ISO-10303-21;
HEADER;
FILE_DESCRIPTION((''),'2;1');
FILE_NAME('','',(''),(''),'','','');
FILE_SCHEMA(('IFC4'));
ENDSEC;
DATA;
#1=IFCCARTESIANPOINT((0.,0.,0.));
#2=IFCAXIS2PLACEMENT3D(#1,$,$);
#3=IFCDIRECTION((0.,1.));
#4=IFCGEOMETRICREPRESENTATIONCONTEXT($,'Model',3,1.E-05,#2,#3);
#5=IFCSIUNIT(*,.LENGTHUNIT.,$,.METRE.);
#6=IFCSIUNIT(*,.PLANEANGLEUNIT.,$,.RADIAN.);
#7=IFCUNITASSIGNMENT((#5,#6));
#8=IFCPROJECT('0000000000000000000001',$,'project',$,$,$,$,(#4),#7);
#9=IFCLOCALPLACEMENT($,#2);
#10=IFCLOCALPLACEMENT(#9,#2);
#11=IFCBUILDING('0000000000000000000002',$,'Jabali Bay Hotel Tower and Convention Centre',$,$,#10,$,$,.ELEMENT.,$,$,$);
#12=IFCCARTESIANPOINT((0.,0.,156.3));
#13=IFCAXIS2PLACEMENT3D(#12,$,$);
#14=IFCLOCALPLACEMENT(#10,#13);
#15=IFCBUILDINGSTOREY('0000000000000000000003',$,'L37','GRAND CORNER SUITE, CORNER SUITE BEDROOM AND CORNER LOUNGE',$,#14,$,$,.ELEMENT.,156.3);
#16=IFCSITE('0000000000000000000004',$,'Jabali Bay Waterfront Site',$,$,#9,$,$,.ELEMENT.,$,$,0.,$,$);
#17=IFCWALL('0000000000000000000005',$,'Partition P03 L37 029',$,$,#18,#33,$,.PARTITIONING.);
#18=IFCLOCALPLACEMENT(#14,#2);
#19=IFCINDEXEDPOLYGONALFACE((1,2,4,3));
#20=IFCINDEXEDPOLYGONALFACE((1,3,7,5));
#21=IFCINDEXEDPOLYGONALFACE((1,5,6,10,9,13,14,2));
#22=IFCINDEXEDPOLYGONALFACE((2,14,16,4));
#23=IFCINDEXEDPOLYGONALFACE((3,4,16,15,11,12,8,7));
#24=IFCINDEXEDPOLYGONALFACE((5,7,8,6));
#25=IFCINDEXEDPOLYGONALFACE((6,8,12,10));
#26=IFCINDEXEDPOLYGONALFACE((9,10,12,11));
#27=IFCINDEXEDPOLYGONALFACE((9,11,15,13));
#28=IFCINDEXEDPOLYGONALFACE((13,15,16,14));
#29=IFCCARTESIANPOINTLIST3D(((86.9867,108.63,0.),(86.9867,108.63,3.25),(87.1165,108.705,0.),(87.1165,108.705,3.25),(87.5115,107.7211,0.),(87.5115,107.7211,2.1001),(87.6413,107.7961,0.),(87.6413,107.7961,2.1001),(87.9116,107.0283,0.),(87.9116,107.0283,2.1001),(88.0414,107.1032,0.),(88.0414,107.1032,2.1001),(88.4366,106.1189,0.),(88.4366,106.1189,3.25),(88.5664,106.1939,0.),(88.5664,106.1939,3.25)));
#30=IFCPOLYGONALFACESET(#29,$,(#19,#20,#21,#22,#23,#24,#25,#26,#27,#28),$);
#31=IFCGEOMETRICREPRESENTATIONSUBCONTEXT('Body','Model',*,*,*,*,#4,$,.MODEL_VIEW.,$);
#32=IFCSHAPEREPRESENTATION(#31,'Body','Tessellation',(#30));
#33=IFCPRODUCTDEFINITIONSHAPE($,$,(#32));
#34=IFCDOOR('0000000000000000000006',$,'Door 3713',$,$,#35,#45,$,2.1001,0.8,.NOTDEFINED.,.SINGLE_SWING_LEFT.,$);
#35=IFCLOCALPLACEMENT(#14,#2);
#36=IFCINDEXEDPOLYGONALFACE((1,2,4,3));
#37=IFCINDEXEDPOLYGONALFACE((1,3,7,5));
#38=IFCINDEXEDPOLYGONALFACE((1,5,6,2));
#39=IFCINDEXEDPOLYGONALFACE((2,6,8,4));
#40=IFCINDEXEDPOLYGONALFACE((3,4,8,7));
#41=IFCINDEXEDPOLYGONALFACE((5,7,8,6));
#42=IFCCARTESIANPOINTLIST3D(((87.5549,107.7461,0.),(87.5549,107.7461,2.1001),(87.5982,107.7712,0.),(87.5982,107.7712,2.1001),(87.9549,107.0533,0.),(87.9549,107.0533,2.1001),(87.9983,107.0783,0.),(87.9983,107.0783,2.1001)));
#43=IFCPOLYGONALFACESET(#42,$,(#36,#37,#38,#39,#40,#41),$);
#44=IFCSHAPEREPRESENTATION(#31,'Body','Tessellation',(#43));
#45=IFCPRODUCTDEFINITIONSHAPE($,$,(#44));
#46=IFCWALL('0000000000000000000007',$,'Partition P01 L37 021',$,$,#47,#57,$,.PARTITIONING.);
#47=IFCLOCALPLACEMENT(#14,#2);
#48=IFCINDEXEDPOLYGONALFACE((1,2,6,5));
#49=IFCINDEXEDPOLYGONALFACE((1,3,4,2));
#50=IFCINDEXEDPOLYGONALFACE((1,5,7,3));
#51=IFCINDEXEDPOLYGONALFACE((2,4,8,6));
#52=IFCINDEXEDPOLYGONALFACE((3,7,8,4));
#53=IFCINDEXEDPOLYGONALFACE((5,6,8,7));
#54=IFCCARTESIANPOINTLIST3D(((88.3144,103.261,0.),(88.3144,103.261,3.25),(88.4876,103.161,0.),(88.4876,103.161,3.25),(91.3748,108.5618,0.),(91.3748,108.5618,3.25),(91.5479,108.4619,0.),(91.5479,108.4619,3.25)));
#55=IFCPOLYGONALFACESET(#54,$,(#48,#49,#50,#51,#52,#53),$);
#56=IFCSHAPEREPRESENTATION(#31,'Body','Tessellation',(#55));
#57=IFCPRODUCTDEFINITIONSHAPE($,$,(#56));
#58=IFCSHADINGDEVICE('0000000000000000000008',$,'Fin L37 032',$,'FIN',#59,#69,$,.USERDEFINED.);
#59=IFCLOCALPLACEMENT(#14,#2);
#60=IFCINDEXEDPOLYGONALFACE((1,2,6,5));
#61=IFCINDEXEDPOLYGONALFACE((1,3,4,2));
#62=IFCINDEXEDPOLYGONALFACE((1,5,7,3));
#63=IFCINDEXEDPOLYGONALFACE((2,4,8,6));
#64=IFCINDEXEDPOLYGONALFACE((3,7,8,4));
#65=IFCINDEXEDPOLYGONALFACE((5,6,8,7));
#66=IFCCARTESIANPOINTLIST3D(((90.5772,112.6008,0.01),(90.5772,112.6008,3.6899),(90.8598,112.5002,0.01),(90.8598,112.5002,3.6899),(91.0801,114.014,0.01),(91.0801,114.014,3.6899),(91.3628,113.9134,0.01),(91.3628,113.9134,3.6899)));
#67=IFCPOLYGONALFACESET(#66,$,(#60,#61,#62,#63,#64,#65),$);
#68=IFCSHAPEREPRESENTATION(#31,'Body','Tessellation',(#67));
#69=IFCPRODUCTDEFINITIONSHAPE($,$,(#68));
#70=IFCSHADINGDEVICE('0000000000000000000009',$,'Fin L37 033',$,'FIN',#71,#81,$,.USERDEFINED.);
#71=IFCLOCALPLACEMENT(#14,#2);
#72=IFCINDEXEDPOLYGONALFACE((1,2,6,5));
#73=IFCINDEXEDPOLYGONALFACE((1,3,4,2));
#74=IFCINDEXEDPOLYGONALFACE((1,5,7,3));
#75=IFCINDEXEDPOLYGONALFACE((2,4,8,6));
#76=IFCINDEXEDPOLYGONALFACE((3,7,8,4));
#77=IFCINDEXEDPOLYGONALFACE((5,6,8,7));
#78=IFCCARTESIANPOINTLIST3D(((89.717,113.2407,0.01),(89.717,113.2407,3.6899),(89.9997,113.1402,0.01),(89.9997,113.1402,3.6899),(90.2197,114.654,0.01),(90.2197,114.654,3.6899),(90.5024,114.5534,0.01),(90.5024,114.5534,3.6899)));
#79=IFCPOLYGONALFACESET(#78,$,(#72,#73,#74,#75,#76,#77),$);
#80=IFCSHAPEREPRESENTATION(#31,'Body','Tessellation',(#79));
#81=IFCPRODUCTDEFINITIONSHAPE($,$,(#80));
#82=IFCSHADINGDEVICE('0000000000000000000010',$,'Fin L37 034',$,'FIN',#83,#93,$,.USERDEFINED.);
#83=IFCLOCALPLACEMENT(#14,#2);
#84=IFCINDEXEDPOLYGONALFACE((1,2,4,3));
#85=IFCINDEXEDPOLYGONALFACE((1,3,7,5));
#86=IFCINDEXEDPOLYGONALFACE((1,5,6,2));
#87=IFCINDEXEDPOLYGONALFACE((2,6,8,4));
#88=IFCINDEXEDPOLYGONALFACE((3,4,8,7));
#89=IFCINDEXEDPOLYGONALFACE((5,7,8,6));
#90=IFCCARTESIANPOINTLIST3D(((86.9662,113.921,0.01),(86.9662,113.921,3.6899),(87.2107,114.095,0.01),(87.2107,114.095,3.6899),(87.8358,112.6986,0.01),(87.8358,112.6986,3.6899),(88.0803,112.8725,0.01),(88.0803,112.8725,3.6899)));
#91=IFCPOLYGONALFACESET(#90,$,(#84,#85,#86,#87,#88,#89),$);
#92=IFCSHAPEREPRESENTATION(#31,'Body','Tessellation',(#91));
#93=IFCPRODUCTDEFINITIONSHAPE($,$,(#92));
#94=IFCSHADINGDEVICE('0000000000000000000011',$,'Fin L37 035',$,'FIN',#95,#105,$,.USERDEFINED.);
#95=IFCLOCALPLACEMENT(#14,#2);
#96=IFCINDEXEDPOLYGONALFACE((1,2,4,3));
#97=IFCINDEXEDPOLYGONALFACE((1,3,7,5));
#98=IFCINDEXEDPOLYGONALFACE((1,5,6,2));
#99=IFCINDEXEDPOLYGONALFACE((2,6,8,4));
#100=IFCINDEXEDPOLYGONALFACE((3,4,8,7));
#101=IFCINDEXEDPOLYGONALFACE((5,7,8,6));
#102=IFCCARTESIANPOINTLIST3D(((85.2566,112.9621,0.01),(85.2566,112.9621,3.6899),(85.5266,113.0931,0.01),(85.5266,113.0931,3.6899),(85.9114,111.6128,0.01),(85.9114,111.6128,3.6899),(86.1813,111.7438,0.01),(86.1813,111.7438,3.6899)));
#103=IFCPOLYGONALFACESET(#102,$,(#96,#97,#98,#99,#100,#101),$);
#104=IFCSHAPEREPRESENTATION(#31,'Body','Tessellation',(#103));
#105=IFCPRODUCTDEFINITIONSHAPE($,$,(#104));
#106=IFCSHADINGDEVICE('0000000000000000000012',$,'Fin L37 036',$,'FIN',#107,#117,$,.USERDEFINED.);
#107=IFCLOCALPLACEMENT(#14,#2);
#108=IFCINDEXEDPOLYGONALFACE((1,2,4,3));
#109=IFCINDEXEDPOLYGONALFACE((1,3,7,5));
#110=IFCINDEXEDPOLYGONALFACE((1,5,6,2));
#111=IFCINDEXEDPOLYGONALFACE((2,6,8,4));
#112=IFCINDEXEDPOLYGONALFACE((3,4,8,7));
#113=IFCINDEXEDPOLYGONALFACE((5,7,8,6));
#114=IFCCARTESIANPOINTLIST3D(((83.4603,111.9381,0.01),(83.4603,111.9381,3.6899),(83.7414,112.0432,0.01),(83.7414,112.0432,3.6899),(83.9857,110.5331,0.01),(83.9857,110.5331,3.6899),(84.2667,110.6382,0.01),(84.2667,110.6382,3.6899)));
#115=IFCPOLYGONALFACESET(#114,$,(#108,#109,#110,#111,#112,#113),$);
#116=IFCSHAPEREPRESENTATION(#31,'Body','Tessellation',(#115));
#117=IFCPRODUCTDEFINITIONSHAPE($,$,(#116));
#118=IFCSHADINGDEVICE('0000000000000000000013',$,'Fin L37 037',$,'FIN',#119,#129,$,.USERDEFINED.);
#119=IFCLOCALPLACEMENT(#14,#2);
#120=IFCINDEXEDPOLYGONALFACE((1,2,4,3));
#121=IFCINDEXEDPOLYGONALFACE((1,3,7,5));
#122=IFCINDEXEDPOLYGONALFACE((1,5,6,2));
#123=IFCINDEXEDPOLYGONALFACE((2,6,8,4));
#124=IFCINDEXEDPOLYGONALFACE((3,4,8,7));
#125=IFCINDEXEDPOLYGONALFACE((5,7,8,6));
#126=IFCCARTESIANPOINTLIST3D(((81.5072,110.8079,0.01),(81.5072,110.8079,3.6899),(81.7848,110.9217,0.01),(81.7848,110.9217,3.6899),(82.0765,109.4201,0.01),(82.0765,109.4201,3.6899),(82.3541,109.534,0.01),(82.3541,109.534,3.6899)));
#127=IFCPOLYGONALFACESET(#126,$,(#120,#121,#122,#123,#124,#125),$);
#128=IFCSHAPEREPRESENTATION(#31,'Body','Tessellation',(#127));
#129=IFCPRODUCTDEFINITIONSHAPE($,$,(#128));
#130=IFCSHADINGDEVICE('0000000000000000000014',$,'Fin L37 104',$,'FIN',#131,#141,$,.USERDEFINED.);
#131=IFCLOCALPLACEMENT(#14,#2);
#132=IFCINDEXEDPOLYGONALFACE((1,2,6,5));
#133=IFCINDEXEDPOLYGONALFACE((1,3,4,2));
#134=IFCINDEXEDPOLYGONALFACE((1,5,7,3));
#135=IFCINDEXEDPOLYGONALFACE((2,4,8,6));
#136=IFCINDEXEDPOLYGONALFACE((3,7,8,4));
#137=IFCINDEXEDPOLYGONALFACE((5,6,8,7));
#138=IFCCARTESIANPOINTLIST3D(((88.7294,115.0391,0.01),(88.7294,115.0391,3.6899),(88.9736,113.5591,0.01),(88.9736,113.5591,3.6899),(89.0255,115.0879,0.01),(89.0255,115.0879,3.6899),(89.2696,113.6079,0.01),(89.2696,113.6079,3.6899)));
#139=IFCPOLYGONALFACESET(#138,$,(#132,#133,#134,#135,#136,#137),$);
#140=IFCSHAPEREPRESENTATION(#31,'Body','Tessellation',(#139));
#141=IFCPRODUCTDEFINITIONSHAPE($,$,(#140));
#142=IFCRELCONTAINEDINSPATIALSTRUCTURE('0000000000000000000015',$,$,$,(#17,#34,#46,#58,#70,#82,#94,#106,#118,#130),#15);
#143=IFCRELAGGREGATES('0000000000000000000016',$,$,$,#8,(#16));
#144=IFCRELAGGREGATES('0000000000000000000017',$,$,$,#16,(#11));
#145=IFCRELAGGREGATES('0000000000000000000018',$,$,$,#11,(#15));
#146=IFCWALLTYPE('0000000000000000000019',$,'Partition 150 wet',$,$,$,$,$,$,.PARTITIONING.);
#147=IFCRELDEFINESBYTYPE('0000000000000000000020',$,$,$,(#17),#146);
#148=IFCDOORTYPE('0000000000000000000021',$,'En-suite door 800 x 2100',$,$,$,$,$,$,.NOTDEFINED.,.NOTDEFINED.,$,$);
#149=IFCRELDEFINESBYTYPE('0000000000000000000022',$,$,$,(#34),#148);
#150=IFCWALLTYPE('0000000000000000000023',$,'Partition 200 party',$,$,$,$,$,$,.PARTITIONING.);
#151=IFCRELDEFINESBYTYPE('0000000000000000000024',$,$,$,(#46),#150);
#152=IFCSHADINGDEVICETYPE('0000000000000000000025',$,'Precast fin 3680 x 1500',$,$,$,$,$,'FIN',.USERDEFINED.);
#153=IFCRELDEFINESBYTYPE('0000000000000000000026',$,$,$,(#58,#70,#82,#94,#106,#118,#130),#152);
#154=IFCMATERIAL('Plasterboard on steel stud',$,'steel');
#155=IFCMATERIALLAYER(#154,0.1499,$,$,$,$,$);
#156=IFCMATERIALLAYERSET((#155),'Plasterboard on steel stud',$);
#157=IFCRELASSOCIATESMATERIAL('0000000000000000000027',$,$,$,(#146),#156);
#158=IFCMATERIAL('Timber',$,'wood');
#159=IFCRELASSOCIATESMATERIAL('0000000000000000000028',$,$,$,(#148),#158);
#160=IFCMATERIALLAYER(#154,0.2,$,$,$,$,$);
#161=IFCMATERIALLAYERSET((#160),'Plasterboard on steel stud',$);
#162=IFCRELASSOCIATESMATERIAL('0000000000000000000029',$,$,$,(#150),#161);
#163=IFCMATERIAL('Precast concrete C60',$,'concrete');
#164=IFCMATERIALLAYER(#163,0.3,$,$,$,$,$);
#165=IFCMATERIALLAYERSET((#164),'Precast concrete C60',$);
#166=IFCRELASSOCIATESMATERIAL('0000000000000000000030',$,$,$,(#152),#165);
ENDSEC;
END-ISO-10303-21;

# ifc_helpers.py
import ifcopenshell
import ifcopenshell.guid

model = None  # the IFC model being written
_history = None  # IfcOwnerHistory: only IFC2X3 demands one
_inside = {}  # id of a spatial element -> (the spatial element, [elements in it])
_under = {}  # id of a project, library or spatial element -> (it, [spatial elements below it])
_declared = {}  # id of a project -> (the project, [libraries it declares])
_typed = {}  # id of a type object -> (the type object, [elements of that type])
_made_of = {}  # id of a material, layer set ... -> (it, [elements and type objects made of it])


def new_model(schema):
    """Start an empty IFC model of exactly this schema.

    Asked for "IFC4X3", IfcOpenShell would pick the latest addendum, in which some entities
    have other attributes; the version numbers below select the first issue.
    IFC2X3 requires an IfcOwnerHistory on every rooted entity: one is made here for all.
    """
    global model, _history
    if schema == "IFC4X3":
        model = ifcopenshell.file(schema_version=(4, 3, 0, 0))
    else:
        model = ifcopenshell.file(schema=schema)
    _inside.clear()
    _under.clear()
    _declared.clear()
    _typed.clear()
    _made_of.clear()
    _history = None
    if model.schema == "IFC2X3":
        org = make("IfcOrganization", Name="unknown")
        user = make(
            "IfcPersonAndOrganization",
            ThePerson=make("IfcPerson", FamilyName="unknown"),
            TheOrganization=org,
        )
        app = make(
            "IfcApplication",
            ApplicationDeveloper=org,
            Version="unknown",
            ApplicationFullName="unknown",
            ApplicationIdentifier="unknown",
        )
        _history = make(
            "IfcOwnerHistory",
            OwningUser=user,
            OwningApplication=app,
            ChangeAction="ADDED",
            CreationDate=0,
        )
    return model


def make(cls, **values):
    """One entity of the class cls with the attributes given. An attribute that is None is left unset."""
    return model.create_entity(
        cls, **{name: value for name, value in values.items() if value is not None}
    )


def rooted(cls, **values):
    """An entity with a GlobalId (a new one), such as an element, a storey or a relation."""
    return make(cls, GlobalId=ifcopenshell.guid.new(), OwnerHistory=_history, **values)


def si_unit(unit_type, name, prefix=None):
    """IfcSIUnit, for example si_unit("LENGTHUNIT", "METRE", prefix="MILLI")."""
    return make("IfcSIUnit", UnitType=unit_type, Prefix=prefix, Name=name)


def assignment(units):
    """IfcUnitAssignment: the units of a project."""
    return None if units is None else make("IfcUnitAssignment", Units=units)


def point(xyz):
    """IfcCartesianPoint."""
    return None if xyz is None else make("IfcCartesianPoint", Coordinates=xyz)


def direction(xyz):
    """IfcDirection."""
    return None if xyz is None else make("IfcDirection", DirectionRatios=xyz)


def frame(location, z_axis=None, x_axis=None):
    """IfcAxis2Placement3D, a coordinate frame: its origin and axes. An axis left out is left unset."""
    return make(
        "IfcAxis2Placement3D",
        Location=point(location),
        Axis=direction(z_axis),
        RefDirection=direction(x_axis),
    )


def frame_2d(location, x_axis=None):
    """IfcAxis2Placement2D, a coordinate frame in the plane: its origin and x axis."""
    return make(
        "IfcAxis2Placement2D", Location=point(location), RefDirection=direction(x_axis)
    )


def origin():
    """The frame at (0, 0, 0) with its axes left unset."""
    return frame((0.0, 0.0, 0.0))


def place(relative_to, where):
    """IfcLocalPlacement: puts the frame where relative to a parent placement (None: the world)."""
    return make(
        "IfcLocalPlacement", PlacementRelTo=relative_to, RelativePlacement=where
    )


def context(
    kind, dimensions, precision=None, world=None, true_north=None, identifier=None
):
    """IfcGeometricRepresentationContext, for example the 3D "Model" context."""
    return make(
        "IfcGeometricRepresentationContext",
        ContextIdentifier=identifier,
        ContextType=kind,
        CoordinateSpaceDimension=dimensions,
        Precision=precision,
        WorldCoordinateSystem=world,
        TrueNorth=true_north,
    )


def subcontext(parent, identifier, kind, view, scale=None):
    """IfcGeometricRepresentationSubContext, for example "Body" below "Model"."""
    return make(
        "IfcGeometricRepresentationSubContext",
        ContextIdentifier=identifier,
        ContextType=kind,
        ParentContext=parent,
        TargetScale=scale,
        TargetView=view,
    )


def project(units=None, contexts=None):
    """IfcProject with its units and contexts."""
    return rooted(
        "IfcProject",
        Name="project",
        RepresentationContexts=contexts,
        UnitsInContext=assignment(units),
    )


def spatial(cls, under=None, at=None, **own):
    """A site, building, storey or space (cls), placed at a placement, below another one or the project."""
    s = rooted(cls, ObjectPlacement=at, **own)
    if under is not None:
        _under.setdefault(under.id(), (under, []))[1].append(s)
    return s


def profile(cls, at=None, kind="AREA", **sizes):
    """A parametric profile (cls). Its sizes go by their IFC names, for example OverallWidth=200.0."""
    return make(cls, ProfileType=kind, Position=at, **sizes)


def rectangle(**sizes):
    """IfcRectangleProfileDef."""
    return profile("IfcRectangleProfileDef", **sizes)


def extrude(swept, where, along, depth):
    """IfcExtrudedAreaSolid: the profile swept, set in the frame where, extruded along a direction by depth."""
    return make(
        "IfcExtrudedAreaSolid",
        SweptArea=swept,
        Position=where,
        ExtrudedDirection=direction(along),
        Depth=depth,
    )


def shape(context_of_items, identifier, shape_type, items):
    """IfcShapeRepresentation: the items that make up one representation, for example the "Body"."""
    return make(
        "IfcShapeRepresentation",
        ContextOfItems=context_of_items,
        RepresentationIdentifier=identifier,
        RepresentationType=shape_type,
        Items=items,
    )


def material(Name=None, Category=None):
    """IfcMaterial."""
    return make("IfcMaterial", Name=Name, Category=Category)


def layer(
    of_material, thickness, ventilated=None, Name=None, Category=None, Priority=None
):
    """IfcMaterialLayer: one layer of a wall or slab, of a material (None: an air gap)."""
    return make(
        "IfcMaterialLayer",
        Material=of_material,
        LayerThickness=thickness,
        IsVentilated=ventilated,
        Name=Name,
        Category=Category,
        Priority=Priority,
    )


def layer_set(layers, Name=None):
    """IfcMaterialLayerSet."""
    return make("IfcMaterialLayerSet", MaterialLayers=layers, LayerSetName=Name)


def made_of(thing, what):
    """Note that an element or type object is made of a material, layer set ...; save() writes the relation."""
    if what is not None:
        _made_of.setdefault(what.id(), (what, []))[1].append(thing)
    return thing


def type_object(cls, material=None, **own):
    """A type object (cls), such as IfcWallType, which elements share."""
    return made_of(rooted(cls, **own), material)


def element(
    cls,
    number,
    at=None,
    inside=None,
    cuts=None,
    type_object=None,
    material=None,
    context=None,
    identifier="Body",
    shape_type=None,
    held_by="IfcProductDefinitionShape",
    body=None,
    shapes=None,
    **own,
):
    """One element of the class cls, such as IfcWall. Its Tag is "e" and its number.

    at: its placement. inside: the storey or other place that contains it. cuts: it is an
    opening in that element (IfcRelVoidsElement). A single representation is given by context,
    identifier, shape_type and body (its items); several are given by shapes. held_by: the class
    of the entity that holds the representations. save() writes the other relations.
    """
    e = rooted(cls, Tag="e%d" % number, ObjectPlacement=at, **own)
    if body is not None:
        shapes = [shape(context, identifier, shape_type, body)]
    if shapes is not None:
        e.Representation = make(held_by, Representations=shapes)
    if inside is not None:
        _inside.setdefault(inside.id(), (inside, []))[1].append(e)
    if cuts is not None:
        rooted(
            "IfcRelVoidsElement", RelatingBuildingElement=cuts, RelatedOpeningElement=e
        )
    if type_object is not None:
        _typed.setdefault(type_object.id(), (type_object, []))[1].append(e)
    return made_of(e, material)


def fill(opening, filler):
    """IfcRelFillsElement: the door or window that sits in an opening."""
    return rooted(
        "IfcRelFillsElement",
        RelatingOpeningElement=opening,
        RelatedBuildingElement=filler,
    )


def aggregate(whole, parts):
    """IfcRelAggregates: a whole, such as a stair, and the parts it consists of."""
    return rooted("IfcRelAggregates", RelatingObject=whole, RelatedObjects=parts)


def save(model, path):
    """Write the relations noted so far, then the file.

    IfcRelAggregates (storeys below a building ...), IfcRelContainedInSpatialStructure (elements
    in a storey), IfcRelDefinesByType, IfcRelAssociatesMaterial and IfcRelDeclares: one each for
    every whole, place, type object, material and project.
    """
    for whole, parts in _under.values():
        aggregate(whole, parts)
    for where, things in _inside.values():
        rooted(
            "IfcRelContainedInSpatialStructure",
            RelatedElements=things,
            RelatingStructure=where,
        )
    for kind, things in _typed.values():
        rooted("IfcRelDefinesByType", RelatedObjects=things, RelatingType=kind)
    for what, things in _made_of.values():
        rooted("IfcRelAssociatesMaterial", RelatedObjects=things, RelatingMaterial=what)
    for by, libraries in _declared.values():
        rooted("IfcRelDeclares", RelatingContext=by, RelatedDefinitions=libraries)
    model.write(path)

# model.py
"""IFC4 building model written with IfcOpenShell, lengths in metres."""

from ifc_helpers import new_model, si_unit, direction, frame, frame_2d, origin, place, context, subcontext, project, spatial, rectangle, extrude, material, layer, layer_set, type_object, element, fill, save


model = new_model("IFC4")

# Units and contexts
model_context = context("Model", 3, precision=1e-05, world=origin(), true_north=direction((0.0, 1.0)))
body_context = subcontext(model_context, "Body", "Model", "MODEL_VIEW")
ifc_project = project(units=[si_unit("LENGTHUNIT", "METRE"), si_unit("PLANEANGLEUNIT", "RADIAN")], contexts=[model_context])

# Site, building, storey
site_placement = place(None, origin())
site = spatial("IfcSite", under=ifc_project, at=site_placement, Name="Jabali Bay Waterfront Site", CompositionType="ELEMENT", RefElevation=0.0)
building_placement = place(site_placement, origin())
building = spatial("IfcBuilding", under=site, at=building_placement, Name="Jabali Bay Hotel Tower and Convention Centre", CompositionType="ELEMENT")
storey_placement = place(building_placement, frame((0.0, 0.0, 156.3)))
storey = spatial("IfcBuildingStorey", under=building, at=storey_placement, Name="L37", Description="GRAND CORNER SUITE, CORNER SUITE BEDROOM AND CORNER LOUNGE", CompositionType="ELEMENT", Elevation=156.3)

# Shared definitions
ifc_material_1 = material(Name="Plasterboard on steel stud", Category="steel")
ifc_layer_1 = layer(ifc_material_1, 0.1499)
ifc_layer_set_1 = layer_set([ifc_layer_1], Name="Plasterboard on steel stud")
wall_type_1 = type_object("IfcWallType", Name="Partition 150 wet", PredefinedType="PARTITIONING", material=ifc_layer_set_1)

# Wall, opening, door
wall_1_placement = place(storey_placement, frame((88.5015, 106.1565, 0.0), z_axis=(0.0, 0.0, 1.0), x_axis=(-0.500024, 0.866012, 0.0)))
wall_1 = element("IfcWall", 1, at=wall_1_placement, inside=storey, type_object=wall_type_1, Name="Partition P03 L37 029", PredefinedType="PARTITIONING", context=body_context, shape_type="SweptSolid", body=[
    extrude(rectangle(XDim=2.8997, YDim=0.1499, at=frame_2d((1.4497, 0.0))), origin(), (0.0, 0.0, 1.0), 3.25),
])
opening_1_placement = place(wall_1_placement, frame((1.05, 0.0, 0.0)))
opening_1 = element("IfcOpeningElement", 2, at=opening_1_placement, cuts=wall_1, PredefinedType="OPENING", context=body_context, shape_type="SweptSolid", body=[
    extrude(rectangle(XDim=0.8, YDim=2.1001, at=frame_2d((0.3999, 1.05))), frame((0.0, 0.0854, 0.0), z_axis=(0.0, -1.0, 0.0), x_axis=(1.0, 0.0, 0.0)), (0.0, 0.0, 1.0), 0.1709),
])
ifc_material_2 = material(Name="Timber", Category="wood")
door_type = type_object("IfcDoorType", Name="En-suite door 800 x 2100", OperationType="NOTDEFINED", PredefinedType="NOTDEFINED", material=ifc_material_2)
door_placement = place(opening_1_placement, origin())
door = element("IfcDoor", 3, at=door_placement, inside=storey, type_object=door_type, Name="Door 3713", OperationType="SINGLE_SWING_LEFT", OverallHeight=2.1001, OverallWidth=0.8, PredefinedType="NOTDEFINED", context=body_context, shape_type="SweptSolid", body=[
    extrude(rectangle(XDim=0.8, YDim=2.1001, at=frame_2d((0.3999, 1.05))), frame((0.0, 0.0249, 0.0), z_axis=(0.0, -1.0, 0.0), x_axis=(1.0, 0.0, 0.0)), (0.0, 0.0, 1.0), 0.05),
])
fill(opening_1, door)

# Wall
ifc_layer_2 = layer(ifc_material_1, 0.2)
ifc_layer_set_2 = layer_set([ifc_layer_2], Name="Plasterboard on steel stud")
wall_type_2 = type_object("IfcWallType", Name="Partition 200 party", PredefinedType="PARTITIONING", material=ifc_layer_set_2)
wall_2_placement = place(storey_placement, frame((91.4614, 108.512, 0.0), z_axis=(0.0, 0.0, 1.0), x_axis=(-0.499987, -0.866033, 0.0)))
element("IfcWall", 4, at=wall_2_placement, inside=storey, type_object=wall_type_2, Name="Partition P01 L37 021", PredefinedType="PARTITIONING", context=body_context, shape_type="SweptSolid", body=[
    extrude(rectangle(XDim=6.1208, YDim=0.2, at=frame_2d((3.0605, 0.0))), origin(), (0.0, 0.0, 1.0), 3.25),
])

# Shading devices
ifc_material_3 = material(Name="Precast concrete C60", Category="concrete")
ifc_layer_3 = layer(ifc_material_3, 0.3)
ifc_layer_set_3 = layer_set([ifc_layer_3], Name="Precast concrete C60")
shading_device_type = type_object("IfcShadingDeviceType", Name="Precast fin 3680 x 1500", ElementType="FIN", PredefinedType="USERDEFINED", material=ifc_layer_set_3)
for number, where, z_axis, x_axis, name in (
    (5, (90.7185, 112.5505, 0.01), (0.0, 0.0, 1.0), (0.335305, 0.94211, 0.0), "Fin L37 032"),
    (6, (89.8584, 113.1904, 0.01), (0.0, 0.0, 1.0), (0.335109, 0.942179, 0.0), "Fin L37 033"),
):
    element("IfcShadingDevice", number, at=place(storey_placement, frame(where, z_axis=z_axis, x_axis=x_axis)), inside=storey, type_object=shading_device_type, Name=name, ObjectType="FIN", PredefinedType="USERDEFINED", context=body_context, shape_type="SweptSolid", body=[
        extrude(rectangle(XDim=1.5, YDim=0.3, at=frame_2d((0.75, 0.0))), origin(), (0.0, 0.0, 1.0), 3.6799),
    ])
shading_device_1_placement = place(storey_placement, frame((87.958, 112.7856, 0.01), z_axis=(0.0, 0.0, 1.0), x_axis=(-0.579682, 0.814843, 0.0)))
element("IfcShadingDevice", 7, at=shading_device_1_placement, inside=storey, type_object=shading_device_type, Name="Fin L37 034", ObjectType="FIN", PredefinedType="USERDEFINED", context=body_context, shape_type="SweptSolid", body=[
    extrude(rectangle(XDim=1.5002, YDim=0.3, at=frame_2d((0.75, 0.0))), origin(), (0.0, 0.0, 1.0), 3.6799),
])
shading_device_2_placement = place(storey_placement, frame((86.0464, 111.6782, 0.01), z_axis=(0.0, 0.0, 1.0), x_axis=(-0.436569, 0.899671, 0.0)))
element("IfcShadingDevice", 8, at=shading_device_2_placement, inside=storey, type_object=shading_device_type, Name="Fin L37 035", ObjectType="FIN", PredefinedType="USERDEFINED", context=body_context, shape_type="SweptSolid", body=[
    extrude(rectangle(XDim=1.4998, YDim=0.3, at=frame_2d((0.75, 0.0))), origin(), (0.0, 0.0, 1.0), 3.6799),
])
for number, where, z_axis, x_axis, name in (
    (9, (84.1262, 110.5857, 0.01), (0.0, 0.0, 1.0), (-0.350249, 0.936657, 0.0), "Fin L37 036"),
    (10, (82.2153, 109.4771, 0.01), (0.0, 0.0, 1.0), (-0.379571, 0.925163, 0.0), "Fin L37 037"),
    (11, (89.1216, 113.5835, 0.01), (0.0, 0.0, 1.0), (-0.162762, 0.986665, 0.0), "Fin L37 104"),
):
    element("IfcShadingDevice", number, at=place(storey_placement, frame(where, z_axis=z_axis, x_axis=x_axis)), inside=storey, type_object=shading_device_type, Name=name, ObjectType="FIN", PredefinedType="USERDEFINED", context=body_context, shape_type="SweptSolid", body=[
        extrude(rectangle(XDim=1.5, YDim=0.3, at=frame_2d((0.75, 0.0))), origin(), (0.0, 0.0, 1.0), 3.6799),
    ])

save(model, "model.ifc")
